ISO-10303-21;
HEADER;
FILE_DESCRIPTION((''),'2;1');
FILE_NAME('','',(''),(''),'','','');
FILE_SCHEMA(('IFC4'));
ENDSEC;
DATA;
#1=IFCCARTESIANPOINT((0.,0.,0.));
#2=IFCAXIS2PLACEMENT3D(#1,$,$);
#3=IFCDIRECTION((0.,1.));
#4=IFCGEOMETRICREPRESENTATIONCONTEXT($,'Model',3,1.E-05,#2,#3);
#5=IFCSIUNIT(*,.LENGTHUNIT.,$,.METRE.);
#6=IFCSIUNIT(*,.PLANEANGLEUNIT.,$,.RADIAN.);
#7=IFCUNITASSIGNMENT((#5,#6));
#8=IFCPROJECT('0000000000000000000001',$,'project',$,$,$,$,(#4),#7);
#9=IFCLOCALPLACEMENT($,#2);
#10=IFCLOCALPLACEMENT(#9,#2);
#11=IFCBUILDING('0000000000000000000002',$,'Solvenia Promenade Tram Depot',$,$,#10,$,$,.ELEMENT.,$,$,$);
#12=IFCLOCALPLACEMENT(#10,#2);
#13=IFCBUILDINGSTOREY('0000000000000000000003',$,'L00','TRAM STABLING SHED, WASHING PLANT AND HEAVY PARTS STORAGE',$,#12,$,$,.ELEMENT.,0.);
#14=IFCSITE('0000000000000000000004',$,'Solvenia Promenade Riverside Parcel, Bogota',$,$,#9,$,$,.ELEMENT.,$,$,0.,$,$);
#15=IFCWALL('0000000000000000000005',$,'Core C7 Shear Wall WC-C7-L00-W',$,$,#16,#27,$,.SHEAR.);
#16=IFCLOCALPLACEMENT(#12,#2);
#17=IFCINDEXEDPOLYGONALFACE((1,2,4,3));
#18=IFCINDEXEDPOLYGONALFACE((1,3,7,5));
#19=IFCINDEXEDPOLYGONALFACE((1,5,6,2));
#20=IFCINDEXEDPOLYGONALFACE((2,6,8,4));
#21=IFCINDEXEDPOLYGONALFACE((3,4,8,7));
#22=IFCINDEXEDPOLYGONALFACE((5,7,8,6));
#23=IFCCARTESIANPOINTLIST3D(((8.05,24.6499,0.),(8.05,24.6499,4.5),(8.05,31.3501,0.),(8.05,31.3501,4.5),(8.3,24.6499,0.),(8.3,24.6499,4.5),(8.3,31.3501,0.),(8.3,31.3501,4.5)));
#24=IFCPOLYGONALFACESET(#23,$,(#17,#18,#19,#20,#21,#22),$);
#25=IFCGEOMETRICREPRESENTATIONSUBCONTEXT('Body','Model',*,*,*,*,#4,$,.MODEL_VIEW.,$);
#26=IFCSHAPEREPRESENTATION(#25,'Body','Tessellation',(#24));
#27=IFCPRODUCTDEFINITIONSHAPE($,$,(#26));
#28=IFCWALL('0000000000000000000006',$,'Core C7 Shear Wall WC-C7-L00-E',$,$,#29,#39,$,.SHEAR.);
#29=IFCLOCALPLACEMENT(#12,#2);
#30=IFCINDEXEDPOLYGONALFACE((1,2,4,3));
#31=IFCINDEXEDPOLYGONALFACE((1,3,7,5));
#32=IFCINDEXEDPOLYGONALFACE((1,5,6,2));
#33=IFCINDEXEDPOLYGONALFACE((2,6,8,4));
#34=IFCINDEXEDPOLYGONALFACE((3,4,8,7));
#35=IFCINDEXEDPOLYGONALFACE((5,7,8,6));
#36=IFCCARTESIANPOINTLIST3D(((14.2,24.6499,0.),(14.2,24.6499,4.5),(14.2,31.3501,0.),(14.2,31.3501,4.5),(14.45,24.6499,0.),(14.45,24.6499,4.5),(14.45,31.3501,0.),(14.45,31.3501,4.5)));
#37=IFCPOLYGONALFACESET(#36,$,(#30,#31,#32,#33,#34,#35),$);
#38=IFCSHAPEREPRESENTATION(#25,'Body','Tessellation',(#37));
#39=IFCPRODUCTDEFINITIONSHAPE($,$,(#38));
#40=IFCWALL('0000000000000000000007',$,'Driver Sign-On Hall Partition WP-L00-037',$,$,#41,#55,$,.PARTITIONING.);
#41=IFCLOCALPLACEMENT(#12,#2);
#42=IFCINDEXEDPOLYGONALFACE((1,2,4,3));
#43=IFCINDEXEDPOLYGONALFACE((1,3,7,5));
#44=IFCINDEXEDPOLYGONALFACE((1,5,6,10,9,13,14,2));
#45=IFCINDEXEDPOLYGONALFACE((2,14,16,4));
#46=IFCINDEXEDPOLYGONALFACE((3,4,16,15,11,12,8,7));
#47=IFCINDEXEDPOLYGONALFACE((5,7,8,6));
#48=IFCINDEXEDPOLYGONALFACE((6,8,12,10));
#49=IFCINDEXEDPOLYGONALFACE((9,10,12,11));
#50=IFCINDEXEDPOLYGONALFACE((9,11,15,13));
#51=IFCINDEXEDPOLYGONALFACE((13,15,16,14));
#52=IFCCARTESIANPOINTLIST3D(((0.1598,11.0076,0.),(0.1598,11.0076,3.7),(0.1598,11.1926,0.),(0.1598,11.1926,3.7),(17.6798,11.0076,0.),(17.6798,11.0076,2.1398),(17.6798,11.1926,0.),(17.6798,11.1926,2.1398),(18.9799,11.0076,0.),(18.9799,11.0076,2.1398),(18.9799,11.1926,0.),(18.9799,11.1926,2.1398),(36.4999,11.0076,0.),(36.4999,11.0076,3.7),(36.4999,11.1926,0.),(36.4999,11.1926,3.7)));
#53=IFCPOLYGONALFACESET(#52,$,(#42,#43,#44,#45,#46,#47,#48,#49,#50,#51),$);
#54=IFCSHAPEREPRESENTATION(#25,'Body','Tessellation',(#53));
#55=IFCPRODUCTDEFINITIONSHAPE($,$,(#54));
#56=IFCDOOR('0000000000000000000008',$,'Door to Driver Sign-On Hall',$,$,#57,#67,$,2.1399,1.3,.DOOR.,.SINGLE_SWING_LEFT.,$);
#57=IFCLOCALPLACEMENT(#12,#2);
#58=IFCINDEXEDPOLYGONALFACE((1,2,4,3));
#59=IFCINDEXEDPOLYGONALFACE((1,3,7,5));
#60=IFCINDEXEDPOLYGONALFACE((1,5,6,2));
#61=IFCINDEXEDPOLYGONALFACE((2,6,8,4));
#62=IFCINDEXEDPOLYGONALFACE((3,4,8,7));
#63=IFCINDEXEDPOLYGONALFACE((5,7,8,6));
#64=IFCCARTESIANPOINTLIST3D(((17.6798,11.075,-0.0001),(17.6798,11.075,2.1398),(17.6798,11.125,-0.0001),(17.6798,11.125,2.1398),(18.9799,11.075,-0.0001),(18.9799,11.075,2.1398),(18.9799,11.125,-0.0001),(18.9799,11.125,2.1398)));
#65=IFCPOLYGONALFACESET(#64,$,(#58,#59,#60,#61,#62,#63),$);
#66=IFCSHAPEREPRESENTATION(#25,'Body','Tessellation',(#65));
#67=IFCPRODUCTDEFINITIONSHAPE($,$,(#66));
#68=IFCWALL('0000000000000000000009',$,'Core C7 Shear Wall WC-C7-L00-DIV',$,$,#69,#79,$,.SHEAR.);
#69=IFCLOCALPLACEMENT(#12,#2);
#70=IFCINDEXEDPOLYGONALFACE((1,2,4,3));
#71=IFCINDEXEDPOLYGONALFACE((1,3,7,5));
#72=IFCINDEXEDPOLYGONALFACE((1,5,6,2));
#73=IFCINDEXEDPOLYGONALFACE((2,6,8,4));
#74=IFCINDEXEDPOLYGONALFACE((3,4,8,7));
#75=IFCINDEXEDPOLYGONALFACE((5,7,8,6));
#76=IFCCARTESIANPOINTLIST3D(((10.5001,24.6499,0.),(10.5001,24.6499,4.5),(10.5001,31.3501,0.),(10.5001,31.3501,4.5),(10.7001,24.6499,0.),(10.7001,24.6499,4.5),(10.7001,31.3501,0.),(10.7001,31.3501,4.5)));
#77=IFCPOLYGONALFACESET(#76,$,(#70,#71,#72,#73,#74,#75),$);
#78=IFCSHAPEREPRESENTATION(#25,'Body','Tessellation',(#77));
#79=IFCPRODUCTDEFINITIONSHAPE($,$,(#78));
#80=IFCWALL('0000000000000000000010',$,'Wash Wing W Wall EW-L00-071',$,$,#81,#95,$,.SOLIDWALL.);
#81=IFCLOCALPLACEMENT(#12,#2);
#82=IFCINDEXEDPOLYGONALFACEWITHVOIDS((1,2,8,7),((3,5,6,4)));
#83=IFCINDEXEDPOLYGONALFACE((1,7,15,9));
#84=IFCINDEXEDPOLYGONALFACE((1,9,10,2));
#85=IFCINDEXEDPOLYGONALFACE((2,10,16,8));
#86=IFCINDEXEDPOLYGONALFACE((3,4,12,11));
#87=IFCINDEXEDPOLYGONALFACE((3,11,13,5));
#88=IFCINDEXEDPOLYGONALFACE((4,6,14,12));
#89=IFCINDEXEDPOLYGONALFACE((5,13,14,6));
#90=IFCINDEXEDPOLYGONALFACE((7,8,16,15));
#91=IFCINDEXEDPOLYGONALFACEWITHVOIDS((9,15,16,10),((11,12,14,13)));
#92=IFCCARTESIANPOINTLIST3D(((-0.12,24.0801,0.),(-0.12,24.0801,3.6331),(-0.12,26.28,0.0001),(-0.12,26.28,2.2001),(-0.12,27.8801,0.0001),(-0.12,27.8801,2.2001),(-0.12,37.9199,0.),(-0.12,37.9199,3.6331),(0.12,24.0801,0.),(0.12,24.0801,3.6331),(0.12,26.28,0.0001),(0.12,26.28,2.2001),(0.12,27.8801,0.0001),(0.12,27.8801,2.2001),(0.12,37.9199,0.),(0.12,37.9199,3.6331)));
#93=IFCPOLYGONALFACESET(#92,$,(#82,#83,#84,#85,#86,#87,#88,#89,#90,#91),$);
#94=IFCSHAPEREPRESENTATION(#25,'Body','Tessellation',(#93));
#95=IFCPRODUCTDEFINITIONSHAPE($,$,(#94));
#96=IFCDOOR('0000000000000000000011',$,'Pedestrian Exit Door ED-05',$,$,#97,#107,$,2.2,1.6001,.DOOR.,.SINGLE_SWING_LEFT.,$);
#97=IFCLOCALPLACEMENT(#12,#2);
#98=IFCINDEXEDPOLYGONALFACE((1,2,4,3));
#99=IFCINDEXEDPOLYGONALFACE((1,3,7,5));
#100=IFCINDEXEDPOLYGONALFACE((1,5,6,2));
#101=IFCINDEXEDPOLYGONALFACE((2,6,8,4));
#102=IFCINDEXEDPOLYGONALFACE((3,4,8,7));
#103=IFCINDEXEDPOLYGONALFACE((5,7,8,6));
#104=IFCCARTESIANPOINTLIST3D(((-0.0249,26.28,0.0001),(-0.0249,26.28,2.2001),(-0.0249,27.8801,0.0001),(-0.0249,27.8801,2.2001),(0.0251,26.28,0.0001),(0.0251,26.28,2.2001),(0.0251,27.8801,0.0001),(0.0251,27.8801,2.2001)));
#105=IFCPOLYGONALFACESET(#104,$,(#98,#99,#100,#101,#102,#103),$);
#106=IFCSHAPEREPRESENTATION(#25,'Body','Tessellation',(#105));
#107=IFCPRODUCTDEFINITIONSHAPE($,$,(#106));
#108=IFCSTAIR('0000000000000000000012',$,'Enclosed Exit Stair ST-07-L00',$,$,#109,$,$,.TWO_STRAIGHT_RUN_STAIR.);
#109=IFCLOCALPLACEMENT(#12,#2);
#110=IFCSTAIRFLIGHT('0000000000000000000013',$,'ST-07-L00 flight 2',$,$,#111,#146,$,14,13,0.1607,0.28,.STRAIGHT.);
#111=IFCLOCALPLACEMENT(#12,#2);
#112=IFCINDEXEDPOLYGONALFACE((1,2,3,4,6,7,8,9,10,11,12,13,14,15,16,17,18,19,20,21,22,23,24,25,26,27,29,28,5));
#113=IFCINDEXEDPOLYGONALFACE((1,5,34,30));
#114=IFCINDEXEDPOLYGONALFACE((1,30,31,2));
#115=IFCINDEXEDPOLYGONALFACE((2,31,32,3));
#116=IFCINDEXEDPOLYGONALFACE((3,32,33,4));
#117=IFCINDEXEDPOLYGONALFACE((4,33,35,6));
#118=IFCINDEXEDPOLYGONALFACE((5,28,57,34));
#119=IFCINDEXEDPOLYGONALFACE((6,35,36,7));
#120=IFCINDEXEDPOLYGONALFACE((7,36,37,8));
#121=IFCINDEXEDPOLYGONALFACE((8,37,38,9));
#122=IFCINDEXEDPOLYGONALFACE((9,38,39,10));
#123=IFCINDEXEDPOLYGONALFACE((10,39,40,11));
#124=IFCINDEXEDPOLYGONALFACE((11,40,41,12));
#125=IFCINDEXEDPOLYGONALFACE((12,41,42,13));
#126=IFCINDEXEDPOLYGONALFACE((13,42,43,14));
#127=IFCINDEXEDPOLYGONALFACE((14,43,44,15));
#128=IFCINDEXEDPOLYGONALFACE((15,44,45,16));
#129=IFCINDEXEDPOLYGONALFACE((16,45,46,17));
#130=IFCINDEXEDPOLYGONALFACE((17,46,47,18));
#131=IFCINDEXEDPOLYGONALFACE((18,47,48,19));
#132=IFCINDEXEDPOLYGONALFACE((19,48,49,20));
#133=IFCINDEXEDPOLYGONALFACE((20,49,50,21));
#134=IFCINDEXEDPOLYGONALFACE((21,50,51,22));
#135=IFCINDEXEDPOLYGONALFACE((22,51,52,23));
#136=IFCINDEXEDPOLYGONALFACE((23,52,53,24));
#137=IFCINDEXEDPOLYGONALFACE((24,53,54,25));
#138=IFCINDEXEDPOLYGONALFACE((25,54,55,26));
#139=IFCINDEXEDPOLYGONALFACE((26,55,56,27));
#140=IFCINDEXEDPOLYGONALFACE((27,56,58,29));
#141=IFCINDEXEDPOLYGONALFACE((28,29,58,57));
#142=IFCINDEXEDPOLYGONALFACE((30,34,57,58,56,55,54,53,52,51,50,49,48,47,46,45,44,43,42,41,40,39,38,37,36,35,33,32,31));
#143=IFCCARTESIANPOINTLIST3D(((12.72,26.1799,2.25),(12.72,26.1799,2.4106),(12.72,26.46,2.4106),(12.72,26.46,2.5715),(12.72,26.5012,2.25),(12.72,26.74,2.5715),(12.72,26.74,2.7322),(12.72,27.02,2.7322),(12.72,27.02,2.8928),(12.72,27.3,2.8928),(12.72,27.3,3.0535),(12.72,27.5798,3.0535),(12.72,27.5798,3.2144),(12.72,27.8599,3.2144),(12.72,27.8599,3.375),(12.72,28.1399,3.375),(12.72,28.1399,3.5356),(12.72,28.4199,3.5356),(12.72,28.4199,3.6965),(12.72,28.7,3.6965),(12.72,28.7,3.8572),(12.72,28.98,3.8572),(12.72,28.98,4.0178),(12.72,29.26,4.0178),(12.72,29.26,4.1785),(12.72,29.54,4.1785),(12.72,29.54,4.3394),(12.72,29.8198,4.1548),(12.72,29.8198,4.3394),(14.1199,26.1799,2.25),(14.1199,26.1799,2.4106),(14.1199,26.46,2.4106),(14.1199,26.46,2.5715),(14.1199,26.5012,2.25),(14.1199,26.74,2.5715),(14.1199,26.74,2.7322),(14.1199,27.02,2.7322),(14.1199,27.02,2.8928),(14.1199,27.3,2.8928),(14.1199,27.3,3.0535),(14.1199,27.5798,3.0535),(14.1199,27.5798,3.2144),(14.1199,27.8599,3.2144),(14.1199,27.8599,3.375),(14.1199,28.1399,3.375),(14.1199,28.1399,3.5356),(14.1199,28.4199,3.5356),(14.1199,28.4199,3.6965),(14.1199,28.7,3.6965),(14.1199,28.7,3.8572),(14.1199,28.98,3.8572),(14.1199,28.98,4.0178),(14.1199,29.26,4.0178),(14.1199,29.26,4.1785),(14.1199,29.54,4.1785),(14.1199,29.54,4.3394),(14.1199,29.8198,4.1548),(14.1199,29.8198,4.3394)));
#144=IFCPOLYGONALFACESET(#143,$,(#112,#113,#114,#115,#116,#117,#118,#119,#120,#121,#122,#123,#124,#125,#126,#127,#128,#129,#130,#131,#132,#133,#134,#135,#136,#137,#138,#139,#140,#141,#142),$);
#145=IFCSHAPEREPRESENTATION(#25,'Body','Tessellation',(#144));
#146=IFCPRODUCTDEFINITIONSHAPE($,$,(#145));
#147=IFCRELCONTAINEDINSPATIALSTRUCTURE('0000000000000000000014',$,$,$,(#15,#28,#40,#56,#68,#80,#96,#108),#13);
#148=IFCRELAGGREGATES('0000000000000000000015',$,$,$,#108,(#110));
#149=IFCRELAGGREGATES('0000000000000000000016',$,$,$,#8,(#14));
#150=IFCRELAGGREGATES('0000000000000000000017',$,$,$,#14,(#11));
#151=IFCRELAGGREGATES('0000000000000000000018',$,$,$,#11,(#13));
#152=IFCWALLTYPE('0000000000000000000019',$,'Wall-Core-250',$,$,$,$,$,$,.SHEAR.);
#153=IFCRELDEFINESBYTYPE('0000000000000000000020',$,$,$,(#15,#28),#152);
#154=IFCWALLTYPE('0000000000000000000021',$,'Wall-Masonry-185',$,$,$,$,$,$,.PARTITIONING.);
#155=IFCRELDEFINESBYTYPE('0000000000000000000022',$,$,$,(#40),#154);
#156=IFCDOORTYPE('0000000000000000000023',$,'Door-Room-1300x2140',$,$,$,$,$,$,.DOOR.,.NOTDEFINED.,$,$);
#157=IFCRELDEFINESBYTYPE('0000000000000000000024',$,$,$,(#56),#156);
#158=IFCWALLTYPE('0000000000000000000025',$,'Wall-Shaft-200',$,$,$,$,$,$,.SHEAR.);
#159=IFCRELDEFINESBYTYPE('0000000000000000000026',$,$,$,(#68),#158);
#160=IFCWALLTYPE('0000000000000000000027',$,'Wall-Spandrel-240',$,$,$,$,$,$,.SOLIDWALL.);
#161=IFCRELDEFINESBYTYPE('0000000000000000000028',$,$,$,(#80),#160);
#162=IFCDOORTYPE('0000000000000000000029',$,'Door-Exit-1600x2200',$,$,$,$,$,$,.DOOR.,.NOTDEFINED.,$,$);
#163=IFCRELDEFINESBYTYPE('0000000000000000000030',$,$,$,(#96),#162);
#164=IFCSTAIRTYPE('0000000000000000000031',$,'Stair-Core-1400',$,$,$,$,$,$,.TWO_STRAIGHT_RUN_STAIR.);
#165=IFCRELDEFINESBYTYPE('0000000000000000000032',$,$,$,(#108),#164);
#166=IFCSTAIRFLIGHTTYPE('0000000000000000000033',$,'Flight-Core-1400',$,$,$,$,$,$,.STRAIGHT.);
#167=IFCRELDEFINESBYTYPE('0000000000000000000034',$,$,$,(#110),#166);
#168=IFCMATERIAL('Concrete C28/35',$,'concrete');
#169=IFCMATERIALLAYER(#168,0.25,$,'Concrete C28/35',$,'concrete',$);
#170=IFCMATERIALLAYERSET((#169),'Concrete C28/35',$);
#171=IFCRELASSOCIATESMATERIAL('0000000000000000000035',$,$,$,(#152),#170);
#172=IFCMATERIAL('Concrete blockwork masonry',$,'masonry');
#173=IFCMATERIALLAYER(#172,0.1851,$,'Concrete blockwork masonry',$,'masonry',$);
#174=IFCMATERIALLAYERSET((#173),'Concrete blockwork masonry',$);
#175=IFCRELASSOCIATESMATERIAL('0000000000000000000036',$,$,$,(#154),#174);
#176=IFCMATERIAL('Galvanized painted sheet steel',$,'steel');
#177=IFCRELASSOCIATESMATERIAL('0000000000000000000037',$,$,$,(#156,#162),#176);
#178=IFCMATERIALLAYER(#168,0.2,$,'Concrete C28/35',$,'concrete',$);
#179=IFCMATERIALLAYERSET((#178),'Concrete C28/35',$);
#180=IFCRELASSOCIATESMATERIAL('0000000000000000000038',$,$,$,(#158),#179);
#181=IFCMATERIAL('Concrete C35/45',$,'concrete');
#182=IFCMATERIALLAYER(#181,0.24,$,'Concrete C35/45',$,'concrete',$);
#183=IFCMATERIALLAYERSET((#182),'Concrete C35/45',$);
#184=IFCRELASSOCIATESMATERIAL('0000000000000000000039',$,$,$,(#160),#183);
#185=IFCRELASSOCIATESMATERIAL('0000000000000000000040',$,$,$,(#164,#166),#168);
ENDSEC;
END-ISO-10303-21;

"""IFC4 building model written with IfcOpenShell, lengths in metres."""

from ifc_helpers import new_model, si_unit, direction, frame, frame_2d, origin, place, context, subcontext, project, spatial, polyline, rectangle, outline, extrude, material, layer, layer_set, type_object, element, fill, aggregate, save


model = new_model("IFC4")

# Units and contexts
model_context = context("Model", 3, precision=1e-05, world=origin(), true_north=direction((0.0, 1.0)))
body_context = subcontext(model_context, "Body", "Model", "MODEL_VIEW")
ifc_project = project(units=[si_unit("LENGTHUNIT", "METRE"), si_unit("PLANEANGLEUNIT", "RADIAN")], contexts=[model_context])

# Site, building, storey
site_placement = place(None, origin())
site = spatial("IfcSite", under=ifc_project, at=site_placement, Name="Solvenia Promenade Riverside Parcel, Bogota", CompositionType="ELEMENT", RefElevation=0.0)
building_placement = place(site_placement, origin())
building = spatial("IfcBuilding", under=site, at=building_placement, Name="Solvenia Promenade Tram Depot", CompositionType="ELEMENT")
storey_placement = place(building_placement, origin())
storey = spatial("IfcBuildingStorey", under=building, at=storey_placement, Name="L00", Description="TRAM STABLING SHED, WASHING PLANT AND HEAVY PARTS STORAGE", CompositionType="ELEMENT", Elevation=0.0)

# Shared definitions
ifc_material_1 = material(Name="Concrete C28/35", Category="concrete")

# Walls
ifc_layer_1 = layer(ifc_material_1, 0.25, Name="Concrete C28/35", Category="concrete")
ifc_layer_set_1 = layer_set([ifc_layer_1], Name="Concrete C28/35")
wall_type_1 = type_object("IfcWallType", Name="Wall-Core-250", PredefinedType="SHEAR", material=ifc_layer_set_1)
for number, where, z_axis, x_axis, name in (
    (1, (8.175, 24.6499, 0.0), (0.0, 0.0, 1.0), (0.0, 1.0, 0.0), "Core C7 Shear Wall WC-C7-L00-W"),
    (2, (14.325, 24.6499, 0.0), (0.0, 0.0, 1.0), (0.0, 1.0, 0.0), "Core C7 Shear Wall WC-C7-L00-E"),
):
    element("IfcWall", number, at=place(storey_placement, frame(where, z_axis=z_axis, x_axis=x_axis)), inside=storey, type_object=wall_type_1, Name=name, PredefinedType="SHEAR", context=body_context, shape_type="SweptSolid", body=[
        extrude(rectangle(XDim=6.7002, YDim=0.25, at=frame_2d((3.3501, 0.0))), origin(), (0.0, 0.0, 1.0), 4.5),
    ])

# Wall, opening, door
ifc_material_2 = material(Name="Concrete blockwork masonry", Category="masonry")
ifc_layer_2 = layer(ifc_material_2, 0.1851, Name="Concrete blockwork masonry", Category="masonry")
ifc_layer_set_2 = layer_set([ifc_layer_2], Name="Concrete blockwork masonry")
wall_type_2 = type_object("IfcWallType", Name="Wall-Masonry-185", PredefinedType="PARTITIONING", material=ifc_layer_set_2)
wall_1_placement = place(storey_placement, frame((0.1599, 11.1001, 0.0), z_axis=(0.0, 0.0, 1.0), x_axis=(1.0, 0.0, 0.0)))
wall_1 = element("IfcWall", 3, at=wall_1_placement, inside=storey, type_object=wall_type_2, Name="Driver Sign-On Hall Partition WP-L00-037", PredefinedType="PARTITIONING", context=body_context, shape_type="SweptSolid", body=[
    extrude(rectangle(XDim=36.3401, YDim=0.1851, at=frame_2d((18.1699, 0.0))), origin(), (0.0, 0.0, 1.0), 3.7),
])
opening_1_placement = place(wall_1_placement, frame((17.52, 0.0, 0.0)))
opening_1 = element("IfcOpeningElement", 4, at=opening_1_placement, cuts=wall_1, PredefinedType="OPENING", context=body_context, shape_type="SweptSolid", body=[
    extrude(rectangle(XDim=1.3, YDim=2.1399, at=frame_2d((0.6499, 1.0698))), frame((0.0, 0.1025, 0.0), z_axis=(0.0, -1.0, 0.0), x_axis=(1.0, 0.0, 0.0)), (0.0, 0.0, 1.0), 0.2051),
])
ifc_material_3 = material(Name="Galvanized painted sheet steel", Category="steel")
door_type_1 = type_object("IfcDoorType", Name="Door-Room-1300x2140", OperationType="NOTDEFINED", PredefinedType="DOOR", material=ifc_material_3)
door_1_placement = place(opening_1_placement, origin())
door_1 = element("IfcDoor", 5, at=door_1_placement, inside=storey, type_object=door_type_1, Name="Door to Driver Sign-On Hall", OperationType="SINGLE_SWING_LEFT", OverallHeight=2.1399, OverallWidth=1.3, PredefinedType="DOOR", context=body_context, shape_type="SweptSolid", body=[
    extrude(rectangle(XDim=1.3, YDim=2.1399, at=frame_2d((0.6499, 1.0698))), frame((0.0, 0.0249, 0.0), z_axis=(0.0, -1.0, 0.0), x_axis=(1.0, 0.0, 0.0)), (0.0, 0.0, 1.0), 0.05),
])
fill(opening_1, door_1)

# Wall
ifc_layer_3 = layer(ifc_material_1, 0.2, Name="Concrete C28/35", Category="concrete")
ifc_layer_set_3 = layer_set([ifc_layer_3], Name="Concrete C28/35")
wall_type_3 = type_object("IfcWallType", Name="Wall-Shaft-200", PredefinedType="SHEAR", material=ifc_layer_set_3)
wall_2_placement = place(storey_placement, frame((10.6001, 24.6499, 0.0), z_axis=(0.0, 0.0, 1.0), x_axis=(0.0, 1.0, 0.0)))
element("IfcWall", 6, at=wall_2_placement, inside=storey, type_object=wall_type_3, Name="Core C7 Shear Wall WC-C7-L00-DIV", PredefinedType="SHEAR", context=body_context, shape_type="SweptSolid", body=[
    extrude(rectangle(XDim=6.7002, YDim=0.2, at=frame_2d((3.3501, 0.0))), origin(), (0.0, 0.0, 1.0), 4.5),
])

# Wall, opening, door
ifc_material_4 = material(Name="Concrete C35/45", Category="concrete")
ifc_layer_4 = layer(ifc_material_4, 0.24, Name="Concrete C35/45", Category="concrete")
ifc_layer_set_4 = layer_set([ifc_layer_4], Name="Concrete C35/45")
wall_type_4 = type_object("IfcWallType", Name="Wall-Spandrel-240", PredefinedType="SOLIDWALL", material=ifc_layer_set_4)
wall_3_placement = place(storey_placement, frame((0.0, 24.0801, 0.0), z_axis=(0.0, 0.0, 1.0), x_axis=(0.0, 1.0, 0.0)))
wall_3 = element("IfcWall", 7, at=wall_3_placement, inside=storey, type_object=wall_type_4, Name="Wash Wing W Wall EW-L00-071", PredefinedType="SOLIDWALL", context=body_context, shape_type="SweptSolid", body=[
    extrude(rectangle(XDim=13.8398, YDim=0.24, at=frame_2d((6.9199, 0.0))), origin(), (0.0, 0.0, 1.0), 3.6331),
])
opening_2_placement = place(wall_3_placement, frame((2.2, 0.0, 0.0)))
opening_2 = element("IfcOpeningElement", 8, at=opening_2_placement, cuts=wall_3, PredefinedType="OPENING", context=body_context, shape_type="SweptSolid", body=[
    extrude(rectangle(XDim=1.6001, YDim=2.2, at=frame_2d((0.8, 1.1001))), frame((0.0, 0.1299, 0.0), z_axis=(0.0, -1.0, 0.0), x_axis=(1.0, 0.0, 0.0)), (0.0, 0.0, 1.0), 0.26),
])
door_type_2 = type_object("IfcDoorType", Name="Door-Exit-1600x2200", OperationType="NOTDEFINED", PredefinedType="DOOR", material=ifc_material_3)
door_2_placement = place(opening_2_placement, origin())
door_2 = element("IfcDoor", 9, at=door_2_placement, inside=storey, type_object=door_type_2, Name="Pedestrian Exit Door ED-05", OperationType="SINGLE_SWING_LEFT", OverallHeight=2.2, OverallWidth=1.6001, PredefinedType="DOOR", context=body_context, shape_type="SweptSolid", body=[
    extrude(rectangle(XDim=1.6001, YDim=2.2, at=frame_2d((0.8, 1.1001))), frame((0.0, 0.0249, 0.0), z_axis=(0.0, -1.0, 0.0), x_axis=(1.0, 0.0, 0.0)), (0.0, 0.0, 1.0), 0.05),
])
fill(opening_2, door_2)

# Stair, stair flight
stair_type = type_object("IfcStairType", Name="Stair-Core-1400", PredefinedType="TWO_STRAIGHT_RUN_STAIR", material=ifc_material_1)
stair_placement = place(storey_placement, origin())
stair = element("IfcStair", 10, at=stair_placement, inside=storey, type_object=stair_type, Name="Enclosed Exit Stair ST-07-L00", PredefinedType="TWO_STRAIGHT_RUN_STAIR")
stair_flight_type = type_object("IfcStairFlightType", Name="Flight-Core-1400", PredefinedType="STRAIGHT", material=ifc_material_1)
stair_flight_placement = place(storey_placement, frame((13.4199, 26.1799, 2.25), z_axis=(0.0, 0.0, 1.0), x_axis=(0.0, 1.0, 0.0)))
stair_flight = element("IfcStairFlight", 11, at=stair_flight_placement, type_object=stair_flight_type, Name="ST-07-L00 flight 2", NumberOfRisers=14, NumberOfTreads=13, PredefinedType="STRAIGHT", RiserHeight=0.1607, TreadLength=0.28, context=body_context, shape_type="SweptSolid", body=[
    extrude(outline(polyline([(0.0, 0.0), (0.0, 0.1606), (0.28, 0.1606), (0.28, 0.3215), (0.5601, 0.3215), (0.5601, 0.4822), (0.8401, 0.4822), (0.8401, 0.6428), (1.1201, 0.6428), (1.1201, 0.8035), (1.3999, 0.8035), (1.3999, 0.9644), (1.6799, 0.9644), (1.6799, 1.125), (1.96, 1.125), (1.96, 1.2856), (2.24, 1.2856), (2.24, 1.4465), (2.52, 1.4465), (2.52, 1.6072), (2.8, 1.6072), (2.8, 1.7678), (3.0801, 1.7678), (3.0801, 1.9285), (3.3601, 1.9285), (3.3601, 2.0894), (3.6399, 2.0894), (3.6399, 2.25), (3.6399, 1.9048), (0.3213, 0.0), (0.0, 0.0)])), frame((0.0, 0.7, 0.0), z_axis=(0.0, -1.0, 0.0), x_axis=(1.0, 0.0, 0.0)), (0.0, 0.0, 1.0), 1.3999),
])
aggregate(stair, [stair_flight])

save(model, "model.ifc")
